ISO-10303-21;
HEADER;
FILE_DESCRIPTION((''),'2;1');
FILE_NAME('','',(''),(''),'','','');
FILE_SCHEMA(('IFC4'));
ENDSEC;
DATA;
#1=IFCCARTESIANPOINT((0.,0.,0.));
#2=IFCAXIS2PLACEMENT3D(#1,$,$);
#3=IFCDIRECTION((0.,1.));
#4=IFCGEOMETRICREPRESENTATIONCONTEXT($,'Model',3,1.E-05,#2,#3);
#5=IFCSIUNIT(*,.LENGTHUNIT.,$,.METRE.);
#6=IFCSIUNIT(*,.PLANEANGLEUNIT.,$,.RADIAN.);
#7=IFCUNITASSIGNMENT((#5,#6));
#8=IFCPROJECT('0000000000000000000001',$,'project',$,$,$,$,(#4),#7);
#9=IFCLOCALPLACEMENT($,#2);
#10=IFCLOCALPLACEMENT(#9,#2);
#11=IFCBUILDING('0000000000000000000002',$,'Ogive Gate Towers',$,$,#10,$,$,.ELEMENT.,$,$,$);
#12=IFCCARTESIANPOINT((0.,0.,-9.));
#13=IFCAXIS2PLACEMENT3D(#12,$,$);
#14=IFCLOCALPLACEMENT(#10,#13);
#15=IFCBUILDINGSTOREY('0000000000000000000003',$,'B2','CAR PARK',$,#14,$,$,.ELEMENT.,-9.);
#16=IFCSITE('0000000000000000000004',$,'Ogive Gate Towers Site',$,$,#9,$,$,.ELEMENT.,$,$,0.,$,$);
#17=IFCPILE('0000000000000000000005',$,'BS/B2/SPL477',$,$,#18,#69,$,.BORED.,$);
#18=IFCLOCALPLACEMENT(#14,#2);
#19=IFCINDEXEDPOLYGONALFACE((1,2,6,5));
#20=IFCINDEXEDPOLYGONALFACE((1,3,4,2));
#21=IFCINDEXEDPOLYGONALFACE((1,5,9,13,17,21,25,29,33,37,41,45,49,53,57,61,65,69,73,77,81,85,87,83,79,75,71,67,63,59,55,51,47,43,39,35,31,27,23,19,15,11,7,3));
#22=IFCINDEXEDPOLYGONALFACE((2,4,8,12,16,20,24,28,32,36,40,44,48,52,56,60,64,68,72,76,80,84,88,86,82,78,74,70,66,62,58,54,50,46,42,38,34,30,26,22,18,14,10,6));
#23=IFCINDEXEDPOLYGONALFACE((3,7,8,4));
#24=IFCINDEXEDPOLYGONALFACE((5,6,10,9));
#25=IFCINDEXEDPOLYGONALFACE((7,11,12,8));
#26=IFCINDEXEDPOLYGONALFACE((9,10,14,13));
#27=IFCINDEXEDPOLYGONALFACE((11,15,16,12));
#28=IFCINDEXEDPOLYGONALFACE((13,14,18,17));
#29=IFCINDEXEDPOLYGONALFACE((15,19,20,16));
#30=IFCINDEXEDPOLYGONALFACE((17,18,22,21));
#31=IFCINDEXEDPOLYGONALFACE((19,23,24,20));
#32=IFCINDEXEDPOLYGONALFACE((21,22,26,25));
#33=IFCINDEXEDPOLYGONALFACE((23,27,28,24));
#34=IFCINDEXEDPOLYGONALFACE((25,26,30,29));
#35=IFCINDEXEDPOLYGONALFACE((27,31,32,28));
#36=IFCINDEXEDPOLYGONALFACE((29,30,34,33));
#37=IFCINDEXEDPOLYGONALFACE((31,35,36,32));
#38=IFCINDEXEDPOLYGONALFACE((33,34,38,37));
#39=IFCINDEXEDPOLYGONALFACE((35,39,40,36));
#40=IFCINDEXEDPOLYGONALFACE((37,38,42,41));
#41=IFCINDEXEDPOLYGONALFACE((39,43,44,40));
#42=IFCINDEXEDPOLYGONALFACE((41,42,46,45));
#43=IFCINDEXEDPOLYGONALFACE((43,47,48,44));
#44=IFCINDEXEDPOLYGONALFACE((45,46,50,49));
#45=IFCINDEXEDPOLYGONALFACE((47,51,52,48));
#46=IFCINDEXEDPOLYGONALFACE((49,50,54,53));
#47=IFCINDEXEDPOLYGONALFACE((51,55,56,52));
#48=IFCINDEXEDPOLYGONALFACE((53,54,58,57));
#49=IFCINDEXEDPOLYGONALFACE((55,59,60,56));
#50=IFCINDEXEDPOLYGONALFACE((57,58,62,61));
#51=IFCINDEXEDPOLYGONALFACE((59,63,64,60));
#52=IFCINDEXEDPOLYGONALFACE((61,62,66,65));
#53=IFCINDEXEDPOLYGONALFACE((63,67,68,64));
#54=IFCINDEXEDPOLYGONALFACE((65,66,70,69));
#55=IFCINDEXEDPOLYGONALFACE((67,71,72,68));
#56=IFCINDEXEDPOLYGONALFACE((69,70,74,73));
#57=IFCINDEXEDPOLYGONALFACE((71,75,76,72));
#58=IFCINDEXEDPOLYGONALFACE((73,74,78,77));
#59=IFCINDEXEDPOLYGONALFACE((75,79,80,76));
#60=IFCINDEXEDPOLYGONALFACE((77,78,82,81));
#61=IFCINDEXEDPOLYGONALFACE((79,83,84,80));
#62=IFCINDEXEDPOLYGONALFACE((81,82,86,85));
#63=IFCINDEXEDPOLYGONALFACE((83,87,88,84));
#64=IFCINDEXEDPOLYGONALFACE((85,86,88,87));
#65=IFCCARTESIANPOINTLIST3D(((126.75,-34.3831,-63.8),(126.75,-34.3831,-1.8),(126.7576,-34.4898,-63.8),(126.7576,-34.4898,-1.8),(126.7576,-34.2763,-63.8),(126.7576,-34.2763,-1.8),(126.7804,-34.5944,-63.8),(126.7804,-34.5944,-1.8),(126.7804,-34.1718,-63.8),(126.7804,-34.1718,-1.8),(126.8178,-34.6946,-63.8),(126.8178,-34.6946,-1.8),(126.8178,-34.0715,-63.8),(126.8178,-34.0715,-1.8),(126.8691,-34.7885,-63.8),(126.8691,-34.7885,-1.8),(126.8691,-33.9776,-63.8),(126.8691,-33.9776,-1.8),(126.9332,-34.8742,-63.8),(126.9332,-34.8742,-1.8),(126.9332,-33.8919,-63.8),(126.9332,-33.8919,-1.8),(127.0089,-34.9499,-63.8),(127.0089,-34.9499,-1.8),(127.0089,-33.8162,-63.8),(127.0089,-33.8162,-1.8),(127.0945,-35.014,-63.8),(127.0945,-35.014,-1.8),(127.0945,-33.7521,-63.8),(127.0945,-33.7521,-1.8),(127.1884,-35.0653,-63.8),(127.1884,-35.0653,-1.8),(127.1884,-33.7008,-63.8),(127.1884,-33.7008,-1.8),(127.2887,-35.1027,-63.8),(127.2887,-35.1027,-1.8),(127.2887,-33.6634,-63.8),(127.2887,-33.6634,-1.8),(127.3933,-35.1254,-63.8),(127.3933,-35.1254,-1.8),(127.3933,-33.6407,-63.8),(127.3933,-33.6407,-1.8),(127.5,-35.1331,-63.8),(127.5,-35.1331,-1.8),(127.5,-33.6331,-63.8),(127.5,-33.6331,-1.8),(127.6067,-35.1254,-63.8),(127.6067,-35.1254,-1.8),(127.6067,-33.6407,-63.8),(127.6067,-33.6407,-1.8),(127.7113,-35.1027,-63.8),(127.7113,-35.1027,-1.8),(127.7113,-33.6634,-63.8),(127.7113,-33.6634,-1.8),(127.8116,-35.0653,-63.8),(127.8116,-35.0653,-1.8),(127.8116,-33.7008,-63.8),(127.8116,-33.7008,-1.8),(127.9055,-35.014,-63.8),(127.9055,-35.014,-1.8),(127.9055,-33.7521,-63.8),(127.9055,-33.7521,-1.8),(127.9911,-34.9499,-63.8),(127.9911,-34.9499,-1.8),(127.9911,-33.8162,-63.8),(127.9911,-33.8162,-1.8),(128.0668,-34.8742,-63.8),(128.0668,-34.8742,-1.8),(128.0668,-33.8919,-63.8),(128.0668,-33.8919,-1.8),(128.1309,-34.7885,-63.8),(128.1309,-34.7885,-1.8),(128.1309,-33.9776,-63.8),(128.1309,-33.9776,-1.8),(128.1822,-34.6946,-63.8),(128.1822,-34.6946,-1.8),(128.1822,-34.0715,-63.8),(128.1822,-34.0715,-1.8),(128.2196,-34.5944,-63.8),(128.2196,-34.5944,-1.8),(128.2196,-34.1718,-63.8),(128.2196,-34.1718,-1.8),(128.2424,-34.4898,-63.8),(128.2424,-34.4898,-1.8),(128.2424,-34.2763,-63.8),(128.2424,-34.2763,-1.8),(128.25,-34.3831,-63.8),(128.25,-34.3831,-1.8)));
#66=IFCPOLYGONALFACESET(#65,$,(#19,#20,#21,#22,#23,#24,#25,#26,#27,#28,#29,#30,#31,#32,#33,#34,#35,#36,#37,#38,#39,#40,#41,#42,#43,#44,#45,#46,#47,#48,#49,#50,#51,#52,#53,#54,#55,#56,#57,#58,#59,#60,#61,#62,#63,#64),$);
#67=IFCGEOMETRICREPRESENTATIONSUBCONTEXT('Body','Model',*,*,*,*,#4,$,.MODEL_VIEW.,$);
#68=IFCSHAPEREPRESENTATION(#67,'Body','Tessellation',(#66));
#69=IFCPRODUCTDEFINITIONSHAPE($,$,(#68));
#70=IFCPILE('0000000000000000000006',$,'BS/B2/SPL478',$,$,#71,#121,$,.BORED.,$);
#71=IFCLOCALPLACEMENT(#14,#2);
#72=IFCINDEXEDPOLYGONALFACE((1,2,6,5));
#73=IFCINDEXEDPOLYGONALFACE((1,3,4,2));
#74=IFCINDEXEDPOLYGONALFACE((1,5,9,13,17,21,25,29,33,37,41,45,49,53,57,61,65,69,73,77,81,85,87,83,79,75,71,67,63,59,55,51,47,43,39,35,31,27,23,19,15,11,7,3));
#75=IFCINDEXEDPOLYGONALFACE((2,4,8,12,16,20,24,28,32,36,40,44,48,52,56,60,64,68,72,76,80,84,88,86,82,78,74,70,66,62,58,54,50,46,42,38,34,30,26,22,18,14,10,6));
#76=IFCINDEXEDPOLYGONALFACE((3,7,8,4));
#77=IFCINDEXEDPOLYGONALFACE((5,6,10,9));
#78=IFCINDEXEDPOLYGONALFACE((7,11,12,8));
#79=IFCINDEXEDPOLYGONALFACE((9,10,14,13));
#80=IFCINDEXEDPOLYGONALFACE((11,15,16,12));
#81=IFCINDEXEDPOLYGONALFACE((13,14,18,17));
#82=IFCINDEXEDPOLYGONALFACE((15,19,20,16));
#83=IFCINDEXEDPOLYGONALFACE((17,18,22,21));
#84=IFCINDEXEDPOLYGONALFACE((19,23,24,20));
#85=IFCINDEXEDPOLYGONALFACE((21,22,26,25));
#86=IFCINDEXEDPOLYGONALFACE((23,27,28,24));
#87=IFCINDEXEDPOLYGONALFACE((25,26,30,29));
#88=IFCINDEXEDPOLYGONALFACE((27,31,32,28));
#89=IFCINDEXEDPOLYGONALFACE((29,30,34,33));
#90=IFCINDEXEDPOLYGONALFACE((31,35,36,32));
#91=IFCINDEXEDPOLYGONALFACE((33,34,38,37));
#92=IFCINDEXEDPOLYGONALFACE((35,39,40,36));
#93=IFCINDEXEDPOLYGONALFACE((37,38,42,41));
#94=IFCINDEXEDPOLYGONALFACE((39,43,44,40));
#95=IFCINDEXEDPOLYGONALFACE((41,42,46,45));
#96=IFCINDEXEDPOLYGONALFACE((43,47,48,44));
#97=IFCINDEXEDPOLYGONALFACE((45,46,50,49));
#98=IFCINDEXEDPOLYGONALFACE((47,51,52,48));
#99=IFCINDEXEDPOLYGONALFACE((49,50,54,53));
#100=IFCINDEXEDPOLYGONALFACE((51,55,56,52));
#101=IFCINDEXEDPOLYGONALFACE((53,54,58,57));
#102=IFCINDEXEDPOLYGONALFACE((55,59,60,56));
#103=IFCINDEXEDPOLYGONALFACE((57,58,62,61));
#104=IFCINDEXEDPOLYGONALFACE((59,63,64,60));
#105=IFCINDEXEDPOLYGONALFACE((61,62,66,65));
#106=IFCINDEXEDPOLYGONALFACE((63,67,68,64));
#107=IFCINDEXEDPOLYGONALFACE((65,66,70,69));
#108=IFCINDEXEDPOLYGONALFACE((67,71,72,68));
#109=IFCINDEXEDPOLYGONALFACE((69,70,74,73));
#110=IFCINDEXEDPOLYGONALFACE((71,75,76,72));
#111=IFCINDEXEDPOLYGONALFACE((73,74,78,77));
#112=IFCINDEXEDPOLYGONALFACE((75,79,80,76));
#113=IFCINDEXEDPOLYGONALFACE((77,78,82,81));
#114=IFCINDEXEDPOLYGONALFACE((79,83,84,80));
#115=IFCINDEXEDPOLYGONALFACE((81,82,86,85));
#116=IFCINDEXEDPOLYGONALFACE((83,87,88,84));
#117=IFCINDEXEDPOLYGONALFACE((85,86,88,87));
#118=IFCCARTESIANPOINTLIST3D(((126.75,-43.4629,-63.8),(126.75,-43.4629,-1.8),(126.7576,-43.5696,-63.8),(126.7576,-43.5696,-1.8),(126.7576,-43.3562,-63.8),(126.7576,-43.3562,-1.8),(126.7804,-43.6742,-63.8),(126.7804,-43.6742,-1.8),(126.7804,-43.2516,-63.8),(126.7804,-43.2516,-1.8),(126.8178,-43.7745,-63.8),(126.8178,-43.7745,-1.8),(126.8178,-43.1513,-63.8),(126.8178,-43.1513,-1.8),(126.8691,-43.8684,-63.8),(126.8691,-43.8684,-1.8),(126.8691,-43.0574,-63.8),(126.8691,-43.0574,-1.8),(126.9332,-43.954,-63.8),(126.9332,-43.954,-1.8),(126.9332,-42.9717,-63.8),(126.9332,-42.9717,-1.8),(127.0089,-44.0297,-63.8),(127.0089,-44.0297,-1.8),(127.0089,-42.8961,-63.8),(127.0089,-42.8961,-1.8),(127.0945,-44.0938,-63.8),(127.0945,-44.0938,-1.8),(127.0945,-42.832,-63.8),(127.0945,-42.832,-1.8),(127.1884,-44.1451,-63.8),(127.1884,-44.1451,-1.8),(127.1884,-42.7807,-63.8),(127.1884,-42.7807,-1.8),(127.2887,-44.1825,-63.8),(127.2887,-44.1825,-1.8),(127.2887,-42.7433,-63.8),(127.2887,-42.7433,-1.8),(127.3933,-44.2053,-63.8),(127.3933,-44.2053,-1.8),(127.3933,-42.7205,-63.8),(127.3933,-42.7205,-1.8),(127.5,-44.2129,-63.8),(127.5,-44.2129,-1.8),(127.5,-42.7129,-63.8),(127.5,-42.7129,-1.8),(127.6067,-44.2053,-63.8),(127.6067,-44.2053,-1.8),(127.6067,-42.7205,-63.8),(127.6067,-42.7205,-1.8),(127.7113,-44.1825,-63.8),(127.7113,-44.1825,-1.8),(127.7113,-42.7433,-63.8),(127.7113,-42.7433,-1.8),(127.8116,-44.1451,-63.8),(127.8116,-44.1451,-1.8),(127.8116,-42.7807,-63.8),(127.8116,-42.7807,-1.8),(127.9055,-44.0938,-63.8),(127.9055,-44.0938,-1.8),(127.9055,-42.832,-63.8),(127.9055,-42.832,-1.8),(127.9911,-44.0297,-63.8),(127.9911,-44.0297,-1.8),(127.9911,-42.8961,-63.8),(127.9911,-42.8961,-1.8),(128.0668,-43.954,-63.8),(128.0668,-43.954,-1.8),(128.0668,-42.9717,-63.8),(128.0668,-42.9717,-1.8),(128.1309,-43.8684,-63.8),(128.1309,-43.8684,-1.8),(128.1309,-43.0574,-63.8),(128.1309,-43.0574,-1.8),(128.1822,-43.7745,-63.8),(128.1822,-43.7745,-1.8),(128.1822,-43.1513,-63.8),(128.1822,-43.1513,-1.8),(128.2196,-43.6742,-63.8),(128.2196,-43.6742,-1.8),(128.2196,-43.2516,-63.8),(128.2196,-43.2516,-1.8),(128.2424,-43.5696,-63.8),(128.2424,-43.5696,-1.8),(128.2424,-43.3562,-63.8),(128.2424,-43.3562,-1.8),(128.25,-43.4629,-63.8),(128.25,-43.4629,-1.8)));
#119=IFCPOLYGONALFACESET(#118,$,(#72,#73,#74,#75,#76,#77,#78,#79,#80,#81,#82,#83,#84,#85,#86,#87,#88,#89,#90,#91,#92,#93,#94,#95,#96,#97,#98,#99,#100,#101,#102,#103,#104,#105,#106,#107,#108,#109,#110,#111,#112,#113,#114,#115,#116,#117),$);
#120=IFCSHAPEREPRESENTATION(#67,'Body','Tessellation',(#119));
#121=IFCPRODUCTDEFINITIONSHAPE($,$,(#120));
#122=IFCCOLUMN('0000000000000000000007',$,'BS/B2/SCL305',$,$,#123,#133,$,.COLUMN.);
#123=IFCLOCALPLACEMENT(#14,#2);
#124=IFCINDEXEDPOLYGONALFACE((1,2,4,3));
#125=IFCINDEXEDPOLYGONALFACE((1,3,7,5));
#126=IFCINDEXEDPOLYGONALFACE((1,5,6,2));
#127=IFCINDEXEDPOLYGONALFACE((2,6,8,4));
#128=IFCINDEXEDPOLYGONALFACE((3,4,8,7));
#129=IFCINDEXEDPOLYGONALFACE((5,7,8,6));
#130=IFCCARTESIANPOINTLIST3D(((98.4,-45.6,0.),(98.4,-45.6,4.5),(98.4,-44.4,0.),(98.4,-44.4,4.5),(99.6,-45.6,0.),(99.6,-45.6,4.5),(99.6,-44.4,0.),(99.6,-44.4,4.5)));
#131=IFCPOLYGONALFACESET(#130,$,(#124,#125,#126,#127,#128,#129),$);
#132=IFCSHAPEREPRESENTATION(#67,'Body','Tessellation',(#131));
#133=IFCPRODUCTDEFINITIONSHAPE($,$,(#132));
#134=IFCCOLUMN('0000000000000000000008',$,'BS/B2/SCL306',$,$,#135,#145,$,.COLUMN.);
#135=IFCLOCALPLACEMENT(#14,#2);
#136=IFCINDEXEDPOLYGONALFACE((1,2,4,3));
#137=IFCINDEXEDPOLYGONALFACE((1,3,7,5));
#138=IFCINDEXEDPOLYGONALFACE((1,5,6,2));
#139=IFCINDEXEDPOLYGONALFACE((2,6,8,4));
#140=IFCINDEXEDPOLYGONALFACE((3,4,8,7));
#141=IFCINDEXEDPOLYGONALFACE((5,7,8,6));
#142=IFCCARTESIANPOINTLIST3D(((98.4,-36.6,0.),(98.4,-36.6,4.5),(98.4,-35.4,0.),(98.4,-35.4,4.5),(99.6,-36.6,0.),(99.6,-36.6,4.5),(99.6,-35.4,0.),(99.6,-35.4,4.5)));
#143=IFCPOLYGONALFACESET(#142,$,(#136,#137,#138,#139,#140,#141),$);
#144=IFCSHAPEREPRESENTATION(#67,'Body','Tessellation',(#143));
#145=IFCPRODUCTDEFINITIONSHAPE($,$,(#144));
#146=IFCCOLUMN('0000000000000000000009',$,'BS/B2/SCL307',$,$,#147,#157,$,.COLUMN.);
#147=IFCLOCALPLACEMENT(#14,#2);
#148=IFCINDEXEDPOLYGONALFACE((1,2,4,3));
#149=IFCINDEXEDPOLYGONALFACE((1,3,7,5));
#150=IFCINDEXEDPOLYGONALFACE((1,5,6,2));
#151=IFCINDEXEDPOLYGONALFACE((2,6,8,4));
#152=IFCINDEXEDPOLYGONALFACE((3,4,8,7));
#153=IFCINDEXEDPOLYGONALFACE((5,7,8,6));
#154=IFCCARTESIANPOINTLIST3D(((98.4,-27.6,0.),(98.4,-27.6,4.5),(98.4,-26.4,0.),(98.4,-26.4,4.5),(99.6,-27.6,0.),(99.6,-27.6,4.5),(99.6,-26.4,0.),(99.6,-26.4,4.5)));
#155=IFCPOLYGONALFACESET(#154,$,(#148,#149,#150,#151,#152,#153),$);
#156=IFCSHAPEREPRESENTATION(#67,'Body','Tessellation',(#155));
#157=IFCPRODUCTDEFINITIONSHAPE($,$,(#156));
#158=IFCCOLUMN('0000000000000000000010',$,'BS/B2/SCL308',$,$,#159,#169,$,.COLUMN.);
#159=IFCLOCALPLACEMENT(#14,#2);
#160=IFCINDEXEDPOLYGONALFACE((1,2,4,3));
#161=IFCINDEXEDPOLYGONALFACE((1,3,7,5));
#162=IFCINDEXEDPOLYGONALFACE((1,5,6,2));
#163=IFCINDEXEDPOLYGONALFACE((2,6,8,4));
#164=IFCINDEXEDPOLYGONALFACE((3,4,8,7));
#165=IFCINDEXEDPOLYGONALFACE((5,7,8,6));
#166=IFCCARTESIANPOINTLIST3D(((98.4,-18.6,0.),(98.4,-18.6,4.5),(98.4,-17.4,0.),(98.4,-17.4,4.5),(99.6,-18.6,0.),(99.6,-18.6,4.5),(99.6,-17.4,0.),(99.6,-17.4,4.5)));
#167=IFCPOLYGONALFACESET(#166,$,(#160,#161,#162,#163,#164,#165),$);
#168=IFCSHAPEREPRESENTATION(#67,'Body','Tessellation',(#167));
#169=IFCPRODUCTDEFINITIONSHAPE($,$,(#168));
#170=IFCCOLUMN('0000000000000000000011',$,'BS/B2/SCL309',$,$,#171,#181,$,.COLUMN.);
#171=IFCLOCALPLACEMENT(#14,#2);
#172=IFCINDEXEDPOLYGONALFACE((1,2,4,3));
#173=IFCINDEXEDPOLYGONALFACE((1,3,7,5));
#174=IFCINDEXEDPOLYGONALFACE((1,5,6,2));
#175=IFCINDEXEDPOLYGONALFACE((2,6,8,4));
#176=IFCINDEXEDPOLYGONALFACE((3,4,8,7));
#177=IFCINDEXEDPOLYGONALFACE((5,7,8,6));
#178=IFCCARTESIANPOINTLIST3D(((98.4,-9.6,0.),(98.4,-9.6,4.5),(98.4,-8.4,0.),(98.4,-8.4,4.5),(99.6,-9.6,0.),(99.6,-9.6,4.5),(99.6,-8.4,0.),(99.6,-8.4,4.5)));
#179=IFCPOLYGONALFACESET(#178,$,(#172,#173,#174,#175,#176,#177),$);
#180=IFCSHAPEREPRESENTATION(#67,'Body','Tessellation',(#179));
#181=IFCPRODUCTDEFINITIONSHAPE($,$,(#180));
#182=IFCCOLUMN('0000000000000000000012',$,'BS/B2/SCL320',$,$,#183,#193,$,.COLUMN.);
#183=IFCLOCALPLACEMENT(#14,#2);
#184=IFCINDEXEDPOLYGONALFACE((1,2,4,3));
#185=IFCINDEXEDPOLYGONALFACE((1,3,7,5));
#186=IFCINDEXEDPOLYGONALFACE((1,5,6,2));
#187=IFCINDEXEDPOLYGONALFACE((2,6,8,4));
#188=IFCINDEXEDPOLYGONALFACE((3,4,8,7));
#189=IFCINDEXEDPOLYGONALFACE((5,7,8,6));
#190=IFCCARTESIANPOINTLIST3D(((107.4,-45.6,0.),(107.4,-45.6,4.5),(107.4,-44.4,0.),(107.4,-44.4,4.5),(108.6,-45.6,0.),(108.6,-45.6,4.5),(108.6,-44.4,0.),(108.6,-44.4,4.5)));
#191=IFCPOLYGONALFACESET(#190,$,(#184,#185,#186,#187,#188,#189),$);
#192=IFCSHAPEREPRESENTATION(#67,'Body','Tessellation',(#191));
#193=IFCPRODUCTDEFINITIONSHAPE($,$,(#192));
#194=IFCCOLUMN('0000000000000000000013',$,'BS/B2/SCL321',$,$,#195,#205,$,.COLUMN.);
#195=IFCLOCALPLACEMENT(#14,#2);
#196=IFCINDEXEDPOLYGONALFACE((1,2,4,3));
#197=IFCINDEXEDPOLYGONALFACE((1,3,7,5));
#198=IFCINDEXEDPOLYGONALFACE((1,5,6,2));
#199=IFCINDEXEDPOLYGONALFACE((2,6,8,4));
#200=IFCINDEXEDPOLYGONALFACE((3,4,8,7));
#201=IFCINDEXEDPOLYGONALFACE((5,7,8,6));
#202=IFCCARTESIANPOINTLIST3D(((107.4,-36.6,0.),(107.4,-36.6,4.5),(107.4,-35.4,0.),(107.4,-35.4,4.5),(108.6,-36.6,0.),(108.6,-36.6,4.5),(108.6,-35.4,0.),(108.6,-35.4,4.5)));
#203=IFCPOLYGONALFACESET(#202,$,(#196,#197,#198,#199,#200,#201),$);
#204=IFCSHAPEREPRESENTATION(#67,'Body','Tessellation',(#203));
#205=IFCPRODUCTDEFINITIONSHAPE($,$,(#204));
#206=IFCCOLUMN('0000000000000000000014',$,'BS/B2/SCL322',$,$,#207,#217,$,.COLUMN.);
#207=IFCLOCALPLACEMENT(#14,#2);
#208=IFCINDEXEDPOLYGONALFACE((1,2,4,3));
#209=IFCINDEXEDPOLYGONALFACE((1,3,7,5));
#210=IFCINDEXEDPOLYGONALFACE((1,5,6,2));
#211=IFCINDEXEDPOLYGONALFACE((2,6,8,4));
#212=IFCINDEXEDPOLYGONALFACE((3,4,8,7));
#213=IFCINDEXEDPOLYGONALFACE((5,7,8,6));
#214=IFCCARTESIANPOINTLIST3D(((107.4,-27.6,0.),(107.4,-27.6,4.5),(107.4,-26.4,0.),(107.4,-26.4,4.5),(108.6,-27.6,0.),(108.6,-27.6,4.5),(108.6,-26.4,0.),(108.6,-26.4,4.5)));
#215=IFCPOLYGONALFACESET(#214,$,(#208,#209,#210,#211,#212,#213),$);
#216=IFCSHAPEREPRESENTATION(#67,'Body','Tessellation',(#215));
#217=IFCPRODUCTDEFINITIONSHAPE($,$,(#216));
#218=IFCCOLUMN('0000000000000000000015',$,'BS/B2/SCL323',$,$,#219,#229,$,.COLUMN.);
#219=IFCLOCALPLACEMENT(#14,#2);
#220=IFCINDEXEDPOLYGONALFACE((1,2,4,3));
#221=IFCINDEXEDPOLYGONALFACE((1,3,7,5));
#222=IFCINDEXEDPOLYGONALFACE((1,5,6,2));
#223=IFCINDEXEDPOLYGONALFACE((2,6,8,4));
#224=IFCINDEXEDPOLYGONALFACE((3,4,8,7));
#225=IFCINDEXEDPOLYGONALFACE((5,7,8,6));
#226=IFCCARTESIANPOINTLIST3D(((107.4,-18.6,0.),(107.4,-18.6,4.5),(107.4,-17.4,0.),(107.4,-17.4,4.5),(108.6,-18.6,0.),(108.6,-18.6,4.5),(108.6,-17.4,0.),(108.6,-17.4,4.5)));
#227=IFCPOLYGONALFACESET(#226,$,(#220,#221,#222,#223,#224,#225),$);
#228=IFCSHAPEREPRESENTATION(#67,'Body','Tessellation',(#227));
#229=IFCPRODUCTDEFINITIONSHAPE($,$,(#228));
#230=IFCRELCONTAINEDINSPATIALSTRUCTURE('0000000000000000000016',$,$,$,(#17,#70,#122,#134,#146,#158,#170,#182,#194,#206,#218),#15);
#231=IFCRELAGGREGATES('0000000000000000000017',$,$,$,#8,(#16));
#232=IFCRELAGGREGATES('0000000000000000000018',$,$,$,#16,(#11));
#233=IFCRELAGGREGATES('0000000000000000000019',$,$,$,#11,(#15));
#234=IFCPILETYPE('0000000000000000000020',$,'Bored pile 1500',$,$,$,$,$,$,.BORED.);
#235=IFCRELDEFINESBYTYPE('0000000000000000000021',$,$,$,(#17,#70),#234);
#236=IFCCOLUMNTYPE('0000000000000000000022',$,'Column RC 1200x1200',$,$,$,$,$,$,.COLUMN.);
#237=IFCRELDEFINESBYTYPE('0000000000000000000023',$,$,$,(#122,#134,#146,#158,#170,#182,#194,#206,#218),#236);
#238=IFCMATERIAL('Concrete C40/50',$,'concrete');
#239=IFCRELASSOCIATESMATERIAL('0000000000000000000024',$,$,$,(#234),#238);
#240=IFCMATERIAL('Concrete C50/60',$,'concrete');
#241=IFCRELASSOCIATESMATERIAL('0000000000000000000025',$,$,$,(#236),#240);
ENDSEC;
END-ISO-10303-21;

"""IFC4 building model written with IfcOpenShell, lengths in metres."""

from ifc_helpers import new_model, si_unit, direction, frame, origin, origin_2d, place, context, subcontext, project, spatial, rectangle, circle, extrude, material, material_profile, profile_set, type_object, element, save


model = new_model("IFC4")

# Units and contexts
model_context = context("Model", 3, precision=1e-05, world=origin(), true_north=direction((0.0, 1.0)))
body_context = subcontext(model_context, "Body", "Model", "MODEL_VIEW")
ifc_project = project(units=[si_unit("LENGTHUNIT", "METRE"), si_unit("PLANEANGLEUNIT", "RADIAN")], contexts=[model_context])

# Site, building, storey
site_placement = place(None, origin())
site = spatial("IfcSite", under=ifc_project, at=site_placement, Name="Ogive Gate Towers Site", CompositionType="ELEMENT", RefElevation=0.0)
building_placement = place(site_placement, origin())
building = spatial("IfcBuilding", under=site, at=building_placement, Name="Ogive Gate Towers", CompositionType="ELEMENT")
storey_placement = place(building_placement, frame((0.0, 0.0, -9.0)))
storey = spatial("IfcBuildingStorey", under=building, at=storey_placement, Name="B2", Description="CAR PARK", CompositionType="ELEMENT", Elevation=-9.0)

# Piles
ifc_material_1 = material(Name="Concrete C40/50", Category="concrete")
ifc_material_profile_1 = material_profile(ifc_material_1, circle(Radius=0.75, at=origin_2d()), Name="BP 1500")
ifc_profile_set_1 = profile_set([ifc_material_profile_1], Name="Concrete C40/50")
pile_type = type_object("IfcPileType", Name="Bored pile 1500", PredefinedType="BORED", material=ifc_profile_set_1)
for number, where, z_axis, x_axis, name in (
    (1, (127.5, -34.3831, -1.8), (0.0, 0.0, -1.0), (1.0, 0.0, 0.0), "BS/B2/SPL477"),
    (2, (127.5, -43.4629, -1.8), (0.0, 0.0, -1.0), (1.0, 0.0, 0.0), "BS/B2/SPL478"),
):
    element("IfcPile", number, at=place(storey_placement, frame(where, z_axis=z_axis, x_axis=x_axis)), inside=storey, type_object=pile_type, Name=name, PredefinedType="BORED", context=body_context, shape_type="SweptSolid", body=[
        extrude(circle(Radius=0.75, at=origin_2d()), origin(), (0.0, 0.0, 1.0), 62.0),
    ])

# Columns
ifc_material_2 = material(Name="Concrete C50/60", Category="concrete")
ifc_material_profile_2 = material_profile(ifc_material_2, rectangle(XDim=1.2, YDim=1.2, at=origin_2d()), Name="RC 1200x1200")
ifc_profile_set_2 = profile_set([ifc_material_profile_2], Name="Concrete C50/60")
column_type = type_object("IfcColumnType", Name="Column RC 1200x1200", PredefinedType="COLUMN", material=ifc_profile_set_2)
for number, where, z_axis, x_axis, name in (
    (3, (99.0, -45.0, 0.0), (0.0, 0.0, 1.0), (1.0, 0.0, 0.0), "BS/B2/SCL305"),
    (4, (99.0, -36.0, 0.0), (0.0, 0.0, 1.0), (1.0, 0.0, 0.0), "BS/B2/SCL306"),
    (5, (99.0, -27.0, 0.0), (0.0, 0.0, 1.0), (1.0, 0.0, 0.0), "BS/B2/SCL307"),
    (6, (99.0, -18.0, 0.0), (0.0, 0.0, 1.0), (1.0, 0.0, 0.0), "BS/B2/SCL308"),
    (7, (99.0, -9.0, 0.0), (0.0, 0.0, 1.0), (1.0, 0.0, 0.0), "BS/B2/SCL309"),
    (8, (108.0, -45.0, 0.0), (0.0, 0.0, 1.0), (1.0, 0.0, 0.0), "BS/B2/SCL320"),
    (9, (108.0, -36.0, 0.0), (0.0, 0.0, 1.0), (1.0, 0.0, 0.0), "BS/B2/SCL321"),
    (10, (108.0, -27.0, 0.0), (0.0, 0.0, 1.0), (1.0, 0.0, 0.0), "BS/B2/SCL322"),
    (11, (108.0, -18.0, 0.0), (0.0, 0.0, 1.0), (1.0, 0.0, 0.0), "BS/B2/SCL323"),
):
    element("IfcColumn", number, at=place(storey_placement, frame(where, z_axis=z_axis, x_axis=x_axis)), inside=storey, type_object=column_type, Name=name, PredefinedType="COLUMN", context=body_context, shape_type="SweptSolid", body=[
        extrude(rectangle(XDim=1.2, YDim=1.2, at=origin_2d()), origin(), (0.0, 0.0, 1.0), 4.5),
    ])

save(model, "model.ifc")
